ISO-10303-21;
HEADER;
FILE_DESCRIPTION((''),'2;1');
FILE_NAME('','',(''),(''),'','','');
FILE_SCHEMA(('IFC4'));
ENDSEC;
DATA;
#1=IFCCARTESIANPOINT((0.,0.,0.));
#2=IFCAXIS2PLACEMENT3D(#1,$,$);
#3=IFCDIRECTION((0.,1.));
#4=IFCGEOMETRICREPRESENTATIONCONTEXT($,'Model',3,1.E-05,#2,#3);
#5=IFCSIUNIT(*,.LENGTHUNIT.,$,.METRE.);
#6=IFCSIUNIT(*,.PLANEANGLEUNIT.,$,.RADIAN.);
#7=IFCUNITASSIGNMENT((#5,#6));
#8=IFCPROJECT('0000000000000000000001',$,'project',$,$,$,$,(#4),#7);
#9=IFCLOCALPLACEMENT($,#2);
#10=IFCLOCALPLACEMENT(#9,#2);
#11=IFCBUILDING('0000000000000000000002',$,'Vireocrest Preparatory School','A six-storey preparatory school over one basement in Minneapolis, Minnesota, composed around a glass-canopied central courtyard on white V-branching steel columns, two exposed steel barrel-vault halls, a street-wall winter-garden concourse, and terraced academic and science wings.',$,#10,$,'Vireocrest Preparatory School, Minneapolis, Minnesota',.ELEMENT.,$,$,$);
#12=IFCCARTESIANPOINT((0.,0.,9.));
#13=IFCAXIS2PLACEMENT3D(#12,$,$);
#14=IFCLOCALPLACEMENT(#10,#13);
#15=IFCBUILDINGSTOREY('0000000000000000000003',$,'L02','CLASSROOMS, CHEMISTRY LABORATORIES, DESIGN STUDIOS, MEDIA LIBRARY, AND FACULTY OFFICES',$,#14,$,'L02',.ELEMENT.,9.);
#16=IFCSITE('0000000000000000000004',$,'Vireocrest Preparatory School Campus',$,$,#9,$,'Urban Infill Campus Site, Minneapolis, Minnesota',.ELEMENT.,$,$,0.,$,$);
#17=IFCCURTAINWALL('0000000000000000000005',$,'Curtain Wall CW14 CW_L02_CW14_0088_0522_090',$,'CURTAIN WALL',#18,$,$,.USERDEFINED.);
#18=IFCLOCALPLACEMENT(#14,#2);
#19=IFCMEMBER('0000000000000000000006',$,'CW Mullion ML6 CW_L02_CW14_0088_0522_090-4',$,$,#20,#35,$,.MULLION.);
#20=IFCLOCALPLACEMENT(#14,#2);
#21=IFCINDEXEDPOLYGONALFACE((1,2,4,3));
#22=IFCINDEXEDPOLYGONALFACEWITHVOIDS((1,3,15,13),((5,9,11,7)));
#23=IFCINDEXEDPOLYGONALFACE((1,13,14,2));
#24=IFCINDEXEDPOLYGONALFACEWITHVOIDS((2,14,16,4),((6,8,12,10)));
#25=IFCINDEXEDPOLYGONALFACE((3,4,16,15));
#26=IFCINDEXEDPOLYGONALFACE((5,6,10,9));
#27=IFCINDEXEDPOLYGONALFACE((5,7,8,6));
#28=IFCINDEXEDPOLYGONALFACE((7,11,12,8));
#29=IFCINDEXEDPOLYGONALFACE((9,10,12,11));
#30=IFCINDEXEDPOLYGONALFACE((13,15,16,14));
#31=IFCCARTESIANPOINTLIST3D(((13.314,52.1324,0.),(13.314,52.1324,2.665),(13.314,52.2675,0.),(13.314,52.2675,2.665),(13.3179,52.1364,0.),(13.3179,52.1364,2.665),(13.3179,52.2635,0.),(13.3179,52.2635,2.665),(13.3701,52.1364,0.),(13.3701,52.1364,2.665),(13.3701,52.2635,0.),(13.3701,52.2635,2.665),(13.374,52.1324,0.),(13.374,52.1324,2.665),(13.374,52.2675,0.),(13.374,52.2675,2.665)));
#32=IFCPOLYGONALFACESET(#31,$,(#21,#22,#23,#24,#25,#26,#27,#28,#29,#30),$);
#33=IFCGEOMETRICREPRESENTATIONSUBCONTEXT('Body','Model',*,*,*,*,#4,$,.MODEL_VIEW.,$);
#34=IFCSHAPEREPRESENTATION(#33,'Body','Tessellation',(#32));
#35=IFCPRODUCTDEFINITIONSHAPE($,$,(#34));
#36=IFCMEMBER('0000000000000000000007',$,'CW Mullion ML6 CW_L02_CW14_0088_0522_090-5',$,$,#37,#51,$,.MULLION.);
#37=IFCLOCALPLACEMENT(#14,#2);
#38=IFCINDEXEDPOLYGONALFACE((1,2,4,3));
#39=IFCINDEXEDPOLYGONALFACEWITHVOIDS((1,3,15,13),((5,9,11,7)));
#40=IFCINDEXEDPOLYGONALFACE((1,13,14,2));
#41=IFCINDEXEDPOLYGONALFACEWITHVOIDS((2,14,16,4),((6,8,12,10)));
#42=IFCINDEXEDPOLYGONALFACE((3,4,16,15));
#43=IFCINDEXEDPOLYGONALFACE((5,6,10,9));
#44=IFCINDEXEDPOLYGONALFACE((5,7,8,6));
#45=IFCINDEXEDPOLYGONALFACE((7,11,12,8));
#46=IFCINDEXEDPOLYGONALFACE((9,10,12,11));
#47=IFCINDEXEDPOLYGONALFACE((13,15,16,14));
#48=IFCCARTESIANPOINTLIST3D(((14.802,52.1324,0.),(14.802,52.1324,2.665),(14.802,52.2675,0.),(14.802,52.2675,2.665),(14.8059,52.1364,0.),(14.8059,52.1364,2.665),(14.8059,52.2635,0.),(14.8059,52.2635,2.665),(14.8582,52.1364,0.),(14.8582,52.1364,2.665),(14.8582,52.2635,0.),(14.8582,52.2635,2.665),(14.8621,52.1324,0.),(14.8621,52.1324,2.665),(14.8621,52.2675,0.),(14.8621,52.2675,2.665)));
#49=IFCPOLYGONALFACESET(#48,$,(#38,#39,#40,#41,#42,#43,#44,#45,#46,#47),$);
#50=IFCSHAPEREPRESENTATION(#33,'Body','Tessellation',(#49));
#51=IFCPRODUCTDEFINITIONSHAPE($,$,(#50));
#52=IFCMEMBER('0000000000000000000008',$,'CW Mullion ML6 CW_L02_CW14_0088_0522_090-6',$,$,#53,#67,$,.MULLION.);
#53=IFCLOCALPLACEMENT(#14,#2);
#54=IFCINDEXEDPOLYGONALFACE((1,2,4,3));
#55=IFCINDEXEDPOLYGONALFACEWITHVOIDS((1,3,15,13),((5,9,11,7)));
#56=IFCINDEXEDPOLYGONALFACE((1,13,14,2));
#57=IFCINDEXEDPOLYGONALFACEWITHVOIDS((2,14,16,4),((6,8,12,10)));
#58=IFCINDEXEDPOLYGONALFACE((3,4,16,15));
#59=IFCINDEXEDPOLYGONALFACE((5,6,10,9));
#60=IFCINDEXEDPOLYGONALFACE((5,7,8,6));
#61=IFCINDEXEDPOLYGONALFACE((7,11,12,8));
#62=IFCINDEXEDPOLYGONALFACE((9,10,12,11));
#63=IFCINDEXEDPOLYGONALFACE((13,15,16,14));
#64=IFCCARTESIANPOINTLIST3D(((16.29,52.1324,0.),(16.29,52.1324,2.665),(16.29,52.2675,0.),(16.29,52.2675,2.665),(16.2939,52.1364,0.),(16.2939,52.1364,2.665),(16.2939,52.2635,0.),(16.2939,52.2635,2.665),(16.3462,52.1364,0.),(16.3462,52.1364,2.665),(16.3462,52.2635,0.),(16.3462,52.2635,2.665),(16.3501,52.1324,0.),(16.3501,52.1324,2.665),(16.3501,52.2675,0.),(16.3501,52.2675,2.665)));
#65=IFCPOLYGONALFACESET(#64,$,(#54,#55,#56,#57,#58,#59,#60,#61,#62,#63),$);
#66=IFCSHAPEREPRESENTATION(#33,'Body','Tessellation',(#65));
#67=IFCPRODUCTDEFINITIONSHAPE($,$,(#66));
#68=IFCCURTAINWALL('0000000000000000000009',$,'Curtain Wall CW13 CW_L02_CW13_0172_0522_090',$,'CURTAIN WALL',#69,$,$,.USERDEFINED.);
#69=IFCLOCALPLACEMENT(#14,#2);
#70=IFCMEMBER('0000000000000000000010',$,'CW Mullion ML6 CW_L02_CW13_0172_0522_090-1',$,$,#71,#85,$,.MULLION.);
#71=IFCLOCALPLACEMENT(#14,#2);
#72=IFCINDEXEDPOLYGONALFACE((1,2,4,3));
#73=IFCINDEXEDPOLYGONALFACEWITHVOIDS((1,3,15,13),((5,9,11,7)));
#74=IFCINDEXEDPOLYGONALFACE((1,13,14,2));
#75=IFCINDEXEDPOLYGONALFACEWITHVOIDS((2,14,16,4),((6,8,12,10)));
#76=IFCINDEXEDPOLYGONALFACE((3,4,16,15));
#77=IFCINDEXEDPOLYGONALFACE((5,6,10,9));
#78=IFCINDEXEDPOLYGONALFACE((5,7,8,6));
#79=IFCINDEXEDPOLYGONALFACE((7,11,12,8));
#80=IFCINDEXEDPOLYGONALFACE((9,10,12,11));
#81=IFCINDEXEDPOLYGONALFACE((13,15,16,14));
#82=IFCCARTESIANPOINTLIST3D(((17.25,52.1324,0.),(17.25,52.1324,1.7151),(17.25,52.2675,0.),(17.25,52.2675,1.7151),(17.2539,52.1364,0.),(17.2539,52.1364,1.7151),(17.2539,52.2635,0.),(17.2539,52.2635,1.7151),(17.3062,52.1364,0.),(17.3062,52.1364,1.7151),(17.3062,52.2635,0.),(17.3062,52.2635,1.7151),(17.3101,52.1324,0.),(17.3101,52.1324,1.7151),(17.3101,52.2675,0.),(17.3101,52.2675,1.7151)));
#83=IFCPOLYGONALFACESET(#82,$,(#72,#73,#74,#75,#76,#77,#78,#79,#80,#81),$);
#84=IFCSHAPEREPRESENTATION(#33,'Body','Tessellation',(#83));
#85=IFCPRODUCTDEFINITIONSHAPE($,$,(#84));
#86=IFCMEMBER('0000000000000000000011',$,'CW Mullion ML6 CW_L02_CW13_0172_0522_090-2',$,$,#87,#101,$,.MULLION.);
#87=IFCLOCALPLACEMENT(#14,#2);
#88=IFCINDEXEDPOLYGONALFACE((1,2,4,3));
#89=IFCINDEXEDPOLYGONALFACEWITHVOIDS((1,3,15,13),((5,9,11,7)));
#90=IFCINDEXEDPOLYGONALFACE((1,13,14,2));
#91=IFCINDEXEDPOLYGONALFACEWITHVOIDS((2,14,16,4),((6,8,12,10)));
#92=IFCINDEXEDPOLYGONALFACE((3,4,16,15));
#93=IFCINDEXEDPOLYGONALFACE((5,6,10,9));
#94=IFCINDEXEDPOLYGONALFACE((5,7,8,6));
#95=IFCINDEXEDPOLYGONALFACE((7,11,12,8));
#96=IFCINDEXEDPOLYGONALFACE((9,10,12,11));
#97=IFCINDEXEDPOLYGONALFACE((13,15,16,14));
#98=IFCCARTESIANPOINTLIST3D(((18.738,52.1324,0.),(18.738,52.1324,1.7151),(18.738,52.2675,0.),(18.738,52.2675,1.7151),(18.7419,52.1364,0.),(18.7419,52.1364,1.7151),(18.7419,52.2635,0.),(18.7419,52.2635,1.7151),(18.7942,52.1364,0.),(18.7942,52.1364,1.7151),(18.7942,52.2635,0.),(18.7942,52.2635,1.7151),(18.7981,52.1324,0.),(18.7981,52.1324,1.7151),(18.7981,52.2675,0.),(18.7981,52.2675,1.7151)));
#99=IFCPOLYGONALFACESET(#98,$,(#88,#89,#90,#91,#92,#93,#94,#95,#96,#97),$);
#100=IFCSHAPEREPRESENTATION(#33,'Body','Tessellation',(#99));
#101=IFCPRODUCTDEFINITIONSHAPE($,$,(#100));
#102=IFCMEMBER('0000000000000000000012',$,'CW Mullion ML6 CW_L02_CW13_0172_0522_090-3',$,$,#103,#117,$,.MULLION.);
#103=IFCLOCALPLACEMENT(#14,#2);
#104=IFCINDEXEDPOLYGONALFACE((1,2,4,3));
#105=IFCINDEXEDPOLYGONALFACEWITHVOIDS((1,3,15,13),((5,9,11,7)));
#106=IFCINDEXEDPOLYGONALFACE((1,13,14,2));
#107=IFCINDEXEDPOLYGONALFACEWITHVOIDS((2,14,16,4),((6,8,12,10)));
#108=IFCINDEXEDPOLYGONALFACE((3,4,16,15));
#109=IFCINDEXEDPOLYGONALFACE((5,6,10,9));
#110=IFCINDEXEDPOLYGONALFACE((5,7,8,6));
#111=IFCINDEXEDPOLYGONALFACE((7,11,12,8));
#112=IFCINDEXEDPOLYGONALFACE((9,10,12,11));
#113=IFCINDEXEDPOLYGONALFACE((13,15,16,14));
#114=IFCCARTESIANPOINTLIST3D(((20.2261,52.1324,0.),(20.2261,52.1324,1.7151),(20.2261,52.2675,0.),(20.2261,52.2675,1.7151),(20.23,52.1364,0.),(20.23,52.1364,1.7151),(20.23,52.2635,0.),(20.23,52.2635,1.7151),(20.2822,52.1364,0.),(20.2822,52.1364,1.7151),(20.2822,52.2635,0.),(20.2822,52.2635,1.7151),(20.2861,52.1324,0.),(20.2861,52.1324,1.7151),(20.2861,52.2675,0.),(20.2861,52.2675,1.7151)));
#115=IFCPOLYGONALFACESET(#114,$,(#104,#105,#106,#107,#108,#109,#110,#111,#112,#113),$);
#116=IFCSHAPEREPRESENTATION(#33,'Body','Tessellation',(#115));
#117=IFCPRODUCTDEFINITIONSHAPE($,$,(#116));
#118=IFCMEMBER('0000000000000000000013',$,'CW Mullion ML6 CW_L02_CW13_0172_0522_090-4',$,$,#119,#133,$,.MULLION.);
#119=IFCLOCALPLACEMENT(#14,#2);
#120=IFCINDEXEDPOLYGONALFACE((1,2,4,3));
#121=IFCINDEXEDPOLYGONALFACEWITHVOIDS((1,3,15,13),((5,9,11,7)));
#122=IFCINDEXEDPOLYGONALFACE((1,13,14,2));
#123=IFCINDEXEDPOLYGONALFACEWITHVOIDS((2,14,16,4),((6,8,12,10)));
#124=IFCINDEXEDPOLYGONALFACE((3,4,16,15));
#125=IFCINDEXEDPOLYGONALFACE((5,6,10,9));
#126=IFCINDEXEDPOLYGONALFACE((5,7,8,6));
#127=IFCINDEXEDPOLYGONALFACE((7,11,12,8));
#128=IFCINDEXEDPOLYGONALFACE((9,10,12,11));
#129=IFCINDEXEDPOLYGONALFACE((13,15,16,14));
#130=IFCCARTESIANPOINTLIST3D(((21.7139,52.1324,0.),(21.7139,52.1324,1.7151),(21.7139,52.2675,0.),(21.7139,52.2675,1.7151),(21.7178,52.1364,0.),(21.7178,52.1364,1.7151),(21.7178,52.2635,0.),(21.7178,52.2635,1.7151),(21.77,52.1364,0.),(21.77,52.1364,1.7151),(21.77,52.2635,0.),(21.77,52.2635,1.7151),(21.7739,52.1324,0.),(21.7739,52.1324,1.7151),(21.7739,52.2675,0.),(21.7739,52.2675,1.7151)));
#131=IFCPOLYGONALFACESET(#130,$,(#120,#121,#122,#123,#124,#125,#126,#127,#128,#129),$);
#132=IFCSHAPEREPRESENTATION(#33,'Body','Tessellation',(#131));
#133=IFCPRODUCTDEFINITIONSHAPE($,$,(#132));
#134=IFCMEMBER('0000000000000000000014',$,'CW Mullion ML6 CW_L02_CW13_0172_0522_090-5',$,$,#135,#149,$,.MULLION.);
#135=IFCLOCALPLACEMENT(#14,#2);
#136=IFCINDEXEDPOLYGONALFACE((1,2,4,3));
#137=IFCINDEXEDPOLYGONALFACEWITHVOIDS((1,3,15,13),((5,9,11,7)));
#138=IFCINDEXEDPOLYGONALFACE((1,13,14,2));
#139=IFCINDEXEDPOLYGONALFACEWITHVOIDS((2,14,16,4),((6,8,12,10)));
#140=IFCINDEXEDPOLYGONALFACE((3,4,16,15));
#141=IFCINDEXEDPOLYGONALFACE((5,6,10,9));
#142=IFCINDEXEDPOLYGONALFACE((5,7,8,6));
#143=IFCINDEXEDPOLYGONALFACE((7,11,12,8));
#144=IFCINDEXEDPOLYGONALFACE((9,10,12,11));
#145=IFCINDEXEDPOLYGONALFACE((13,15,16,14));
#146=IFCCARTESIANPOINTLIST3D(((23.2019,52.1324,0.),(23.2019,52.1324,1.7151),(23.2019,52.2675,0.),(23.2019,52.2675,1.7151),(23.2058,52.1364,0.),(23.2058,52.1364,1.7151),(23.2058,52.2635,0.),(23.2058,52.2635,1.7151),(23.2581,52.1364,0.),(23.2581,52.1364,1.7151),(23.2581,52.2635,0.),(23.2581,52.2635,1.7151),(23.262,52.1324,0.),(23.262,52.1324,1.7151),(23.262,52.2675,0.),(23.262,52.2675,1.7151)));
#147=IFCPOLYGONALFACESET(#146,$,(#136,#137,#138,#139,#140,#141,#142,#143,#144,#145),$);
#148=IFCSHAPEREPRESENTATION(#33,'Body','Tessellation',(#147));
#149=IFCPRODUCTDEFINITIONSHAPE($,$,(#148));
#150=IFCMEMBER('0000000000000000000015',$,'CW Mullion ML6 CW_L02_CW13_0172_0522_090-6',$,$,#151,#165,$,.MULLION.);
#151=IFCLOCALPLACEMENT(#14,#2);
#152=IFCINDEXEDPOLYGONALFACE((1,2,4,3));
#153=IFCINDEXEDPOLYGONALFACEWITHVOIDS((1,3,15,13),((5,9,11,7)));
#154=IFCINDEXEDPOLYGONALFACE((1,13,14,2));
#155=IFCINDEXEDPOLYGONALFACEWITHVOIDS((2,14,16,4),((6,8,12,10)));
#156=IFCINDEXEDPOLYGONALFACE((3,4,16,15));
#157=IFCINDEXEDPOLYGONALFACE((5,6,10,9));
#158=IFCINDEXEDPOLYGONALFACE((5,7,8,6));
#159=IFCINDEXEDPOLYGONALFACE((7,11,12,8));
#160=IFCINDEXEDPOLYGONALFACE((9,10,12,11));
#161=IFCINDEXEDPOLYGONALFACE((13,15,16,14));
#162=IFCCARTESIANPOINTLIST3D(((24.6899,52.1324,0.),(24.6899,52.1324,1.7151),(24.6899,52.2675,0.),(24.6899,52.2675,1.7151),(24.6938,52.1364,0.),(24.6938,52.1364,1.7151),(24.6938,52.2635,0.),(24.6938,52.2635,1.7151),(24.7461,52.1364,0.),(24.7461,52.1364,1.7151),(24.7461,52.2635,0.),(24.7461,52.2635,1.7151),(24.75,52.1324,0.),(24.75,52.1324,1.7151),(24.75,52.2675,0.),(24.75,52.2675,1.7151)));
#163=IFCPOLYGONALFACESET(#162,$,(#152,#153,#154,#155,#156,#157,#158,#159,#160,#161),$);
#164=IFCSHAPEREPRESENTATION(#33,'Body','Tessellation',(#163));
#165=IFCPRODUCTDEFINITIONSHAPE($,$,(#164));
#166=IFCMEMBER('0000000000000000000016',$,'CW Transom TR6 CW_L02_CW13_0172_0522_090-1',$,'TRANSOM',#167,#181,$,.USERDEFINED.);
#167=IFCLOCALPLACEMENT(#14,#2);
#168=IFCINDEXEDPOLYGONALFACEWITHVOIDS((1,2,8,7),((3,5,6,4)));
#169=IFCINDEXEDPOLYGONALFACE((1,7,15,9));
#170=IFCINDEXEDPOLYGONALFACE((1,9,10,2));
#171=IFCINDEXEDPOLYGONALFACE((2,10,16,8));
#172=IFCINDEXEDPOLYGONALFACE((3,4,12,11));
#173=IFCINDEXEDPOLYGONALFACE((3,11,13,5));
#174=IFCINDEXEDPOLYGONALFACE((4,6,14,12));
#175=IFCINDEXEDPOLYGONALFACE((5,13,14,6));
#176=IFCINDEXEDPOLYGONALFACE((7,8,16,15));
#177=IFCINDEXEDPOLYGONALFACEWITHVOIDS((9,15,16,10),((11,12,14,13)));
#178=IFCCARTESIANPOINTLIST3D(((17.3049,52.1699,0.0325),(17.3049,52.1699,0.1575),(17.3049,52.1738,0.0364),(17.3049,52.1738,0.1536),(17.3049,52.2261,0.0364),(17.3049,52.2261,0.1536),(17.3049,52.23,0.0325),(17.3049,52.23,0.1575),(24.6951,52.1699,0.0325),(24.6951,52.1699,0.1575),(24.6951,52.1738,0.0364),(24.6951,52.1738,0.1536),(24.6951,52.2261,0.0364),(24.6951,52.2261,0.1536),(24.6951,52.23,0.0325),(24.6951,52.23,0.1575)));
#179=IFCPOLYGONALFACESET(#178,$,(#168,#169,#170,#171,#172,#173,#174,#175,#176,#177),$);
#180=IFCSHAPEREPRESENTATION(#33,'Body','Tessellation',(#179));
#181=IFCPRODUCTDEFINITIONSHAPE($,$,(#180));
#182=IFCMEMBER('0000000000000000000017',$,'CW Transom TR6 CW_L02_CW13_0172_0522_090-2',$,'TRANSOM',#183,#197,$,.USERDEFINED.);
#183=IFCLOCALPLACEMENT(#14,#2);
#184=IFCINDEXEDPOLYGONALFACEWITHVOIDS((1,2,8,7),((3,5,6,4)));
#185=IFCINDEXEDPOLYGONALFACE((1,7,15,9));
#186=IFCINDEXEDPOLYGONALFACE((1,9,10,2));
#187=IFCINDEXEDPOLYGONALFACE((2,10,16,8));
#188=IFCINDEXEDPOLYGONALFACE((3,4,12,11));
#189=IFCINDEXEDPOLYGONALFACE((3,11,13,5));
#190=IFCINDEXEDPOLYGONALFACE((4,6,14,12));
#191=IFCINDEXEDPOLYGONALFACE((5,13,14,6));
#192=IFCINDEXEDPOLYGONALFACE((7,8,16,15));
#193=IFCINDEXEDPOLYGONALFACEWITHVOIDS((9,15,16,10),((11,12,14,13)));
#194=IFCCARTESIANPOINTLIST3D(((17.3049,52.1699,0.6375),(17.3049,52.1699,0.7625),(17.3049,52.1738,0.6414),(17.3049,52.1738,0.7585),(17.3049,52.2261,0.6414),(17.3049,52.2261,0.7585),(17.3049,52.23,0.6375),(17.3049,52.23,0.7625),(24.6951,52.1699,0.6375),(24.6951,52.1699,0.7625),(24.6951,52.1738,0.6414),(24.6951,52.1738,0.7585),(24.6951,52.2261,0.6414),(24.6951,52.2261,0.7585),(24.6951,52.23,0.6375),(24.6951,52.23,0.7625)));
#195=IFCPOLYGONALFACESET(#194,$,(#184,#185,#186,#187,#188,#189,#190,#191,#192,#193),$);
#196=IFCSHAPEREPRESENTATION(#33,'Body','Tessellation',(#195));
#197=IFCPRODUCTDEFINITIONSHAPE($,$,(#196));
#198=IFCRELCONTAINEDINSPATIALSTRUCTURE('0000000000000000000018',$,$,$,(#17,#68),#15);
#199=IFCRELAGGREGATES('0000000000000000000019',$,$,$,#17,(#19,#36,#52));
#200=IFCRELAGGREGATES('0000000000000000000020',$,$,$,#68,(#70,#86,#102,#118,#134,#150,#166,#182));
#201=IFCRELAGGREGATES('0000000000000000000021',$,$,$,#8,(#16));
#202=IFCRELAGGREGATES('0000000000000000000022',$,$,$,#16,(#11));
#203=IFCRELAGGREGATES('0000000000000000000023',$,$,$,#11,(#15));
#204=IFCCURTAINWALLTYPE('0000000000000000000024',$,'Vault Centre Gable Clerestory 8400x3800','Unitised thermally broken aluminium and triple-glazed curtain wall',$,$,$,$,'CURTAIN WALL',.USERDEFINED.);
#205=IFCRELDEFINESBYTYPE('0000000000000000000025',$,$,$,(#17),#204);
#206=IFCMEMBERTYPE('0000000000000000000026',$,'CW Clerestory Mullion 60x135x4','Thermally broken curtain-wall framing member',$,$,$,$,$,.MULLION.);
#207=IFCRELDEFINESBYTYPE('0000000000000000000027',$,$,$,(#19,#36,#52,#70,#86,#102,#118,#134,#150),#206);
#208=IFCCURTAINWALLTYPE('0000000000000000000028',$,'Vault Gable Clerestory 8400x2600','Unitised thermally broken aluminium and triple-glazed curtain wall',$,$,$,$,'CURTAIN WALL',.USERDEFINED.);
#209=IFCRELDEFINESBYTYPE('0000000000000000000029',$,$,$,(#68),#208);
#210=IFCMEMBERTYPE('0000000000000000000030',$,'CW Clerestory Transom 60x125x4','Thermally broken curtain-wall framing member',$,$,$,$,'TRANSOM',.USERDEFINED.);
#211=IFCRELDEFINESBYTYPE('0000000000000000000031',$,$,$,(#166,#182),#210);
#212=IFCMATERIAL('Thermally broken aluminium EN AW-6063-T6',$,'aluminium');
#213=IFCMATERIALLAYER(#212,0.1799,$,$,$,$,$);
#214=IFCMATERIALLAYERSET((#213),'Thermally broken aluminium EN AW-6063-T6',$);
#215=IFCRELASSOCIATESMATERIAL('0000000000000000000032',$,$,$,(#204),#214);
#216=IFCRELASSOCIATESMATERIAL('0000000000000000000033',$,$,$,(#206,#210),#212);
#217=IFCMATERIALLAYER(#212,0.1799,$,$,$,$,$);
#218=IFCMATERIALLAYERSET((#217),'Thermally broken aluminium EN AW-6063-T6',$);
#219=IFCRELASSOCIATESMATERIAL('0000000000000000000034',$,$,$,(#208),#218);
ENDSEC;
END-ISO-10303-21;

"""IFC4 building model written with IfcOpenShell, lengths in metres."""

from ifc_helpers import new_model, si_unit, direction, frame, origin, origin_2d, place, context, subcontext, project, spatial, hollow_rectangle, extrude, material, layer, layer_set, material_profile, profile_set, type_object, element, aggregate, save


model = new_model("IFC4")

# Units and contexts
model_context = context("Model", 3, precision=1e-05, world=origin(), true_north=direction((0.0, 1.0)))
body_context = subcontext(model_context, "Body", "Model", "MODEL_VIEW")
ifc_project = project(units=[si_unit("LENGTHUNIT", "METRE"), si_unit("PLANEANGLEUNIT", "RADIAN")], contexts=[model_context])

# Site, building, storey
site_placement = place(None, origin())
site = spatial("IfcSite", under=ifc_project, at=site_placement, Name="Vireocrest Preparatory School Campus", LongName="Urban Infill Campus Site, Minneapolis, Minnesota", CompositionType="ELEMENT", RefElevation=0.0)
building_placement = place(site_placement, origin())
building = spatial("IfcBuilding", under=site, at=building_placement, Name="Vireocrest Preparatory School", Description="A six-storey preparatory school over one basement in Minneapolis, Minnesota, composed around a glass-canopied central courtyard on white V-branching steel columns, two exposed steel barrel-vault halls, a street-wall winter-garden concourse, and terraced academic and science wings.", LongName="Vireocrest Preparatory School, Minneapolis, Minnesota", CompositionType="ELEMENT")
storey_placement = place(building_placement, frame((0.0, 0.0, 9.0)))
storey = spatial("IfcBuildingStorey", under=building, at=storey_placement, Name="L02", Description="CLASSROOMS, CHEMISTRY LABORATORIES, DESIGN STUDIOS, MEDIA LIBRARY, AND FACULTY OFFICES", LongName="L02", CompositionType="ELEMENT", Elevation=9.0)

# Curtain walls, members
ifc_material_1 = material(Name="Thermally broken aluminium EN AW-6063-T6", Category="aluminium")
ifc_layer_1 = layer(ifc_material_1, 0.1799)
ifc_layer_set_1 = layer_set([ifc_layer_1], Name="Thermally broken aluminium EN AW-6063-T6")
curtain_wall_type_1 = type_object("IfcCurtainWallType", Name="Vault Centre Gable Clerestory 8400x3800", Description="Unitised thermally broken aluminium and triple-glazed curtain wall", ElementType="CURTAIN WALL", PredefinedType="USERDEFINED", material=ifc_layer_set_1)
curtain_wall_1_placement = place(storey_placement, origin())
curtain_wall_1 = element("IfcCurtainWall", 1, at=curtain_wall_1_placement, inside=storey, type_object=curtain_wall_type_1, Name="Curtain Wall CW14 CW_L02_CW14_0088_0522_090", ObjectType="CURTAIN WALL", PredefinedType="USERDEFINED")
ifc_material_profile_1 = material_profile(ifc_material_1, hollow_rectangle(XDim=0.0601, YDim=0.135, WallThickness=0.0039, at=origin_2d()), Name="ALU 60x135x4")
ifc_profile_set_1 = profile_set([ifc_material_profile_1], Name="Thermally broken aluminium EN AW-6063-T6")
member_type_1 = type_object("IfcMemberType", Name="CW Clerestory Mullion 60x135x4", Description="Thermally broken curtain-wall framing member", PredefinedType="MULLION", material=ifc_profile_set_1)
member_1_placement = place(storey_placement, frame((13.344, 52.2, 0.0), z_axis=(0.0, 0.0, 1.0), x_axis=(1.0, 0.0, 0.0)))
member_1 = element("IfcMember", 2, at=member_1_placement, type_object=member_type_1, Name="CW Mullion ML6 CW_L02_CW14_0088_0522_090-4", PredefinedType="MULLION", context=body_context, shape_type="SweptSolid", body=[
    extrude(hollow_rectangle(XDim=0.0601, YDim=0.135, WallThickness=0.0039, at=origin_2d()), origin(), (0.0, 0.0, 1.0), 2.665),
])
member_2_placement = place(storey_placement, frame((14.832, 52.2, 0.0), z_axis=(0.0, 0.0, 1.0), x_axis=(1.0, 0.0, 0.0)))
member_2 = element("IfcMember", 3, at=member_2_placement, type_object=member_type_1, Name="CW Mullion ML6 CW_L02_CW14_0088_0522_090-5", PredefinedType="MULLION", context=body_context, shape_type="SweptSolid", body=[
    extrude(hollow_rectangle(XDim=0.0601, YDim=0.135, WallThickness=0.0039, at=origin_2d()), origin(), (0.0, 0.0, 1.0), 2.665),
])
member_3_placement = place(storey_placement, frame((16.3201, 52.2, 0.0), z_axis=(0.0, 0.0, 1.0), x_axis=(1.0, 0.0, 0.0)))
member_3 = element("IfcMember", 4, at=member_3_placement, type_object=member_type_1, Name="CW Mullion ML6 CW_L02_CW14_0088_0522_090-6", PredefinedType="MULLION", context=body_context, shape_type="SweptSolid", body=[
    extrude(hollow_rectangle(XDim=0.0601, YDim=0.135, WallThickness=0.0039, at=origin_2d()), origin(), (0.0, 0.0, 1.0), 2.665),
])
ifc_layer_2 = layer(ifc_material_1, 0.1799)
ifc_layer_set_2 = layer_set([ifc_layer_2], Name="Thermally broken aluminium EN AW-6063-T6")
curtain_wall_type_2 = type_object("IfcCurtainWallType", Name="Vault Gable Clerestory 8400x2600", Description="Unitised thermally broken aluminium and triple-glazed curtain wall", ElementType="CURTAIN WALL", PredefinedType="USERDEFINED", material=ifc_layer_set_2)
curtain_wall_2_placement = place(storey_placement, origin())
curtain_wall_2 = element("IfcCurtainWall", 5, at=curtain_wall_2_placement, inside=storey, type_object=curtain_wall_type_2, Name="Curtain Wall CW13 CW_L02_CW13_0172_0522_090", ObjectType="CURTAIN WALL", PredefinedType="USERDEFINED")
member_4_placement = place(storey_placement, frame((17.28, 52.2, 0.0), z_axis=(0.0, 0.0, 1.0), x_axis=(1.0, 0.0, 0.0)))
member_4 = element("IfcMember", 6, at=member_4_placement, type_object=member_type_1, Name="CW Mullion ML6 CW_L02_CW13_0172_0522_090-1", PredefinedType="MULLION", context=body_context, shape_type="SweptSolid", body=[
    extrude(hollow_rectangle(XDim=0.0601, YDim=0.135, WallThickness=0.0039, at=origin_2d()), origin(), (0.0, 0.0, 1.0), 1.7151),
])
member_5_placement = place(storey_placement, frame((18.7681, 52.2, 0.0), z_axis=(0.0, 0.0, 1.0), x_axis=(1.0, 0.0, 0.0)))
member_5 = element("IfcMember", 7, at=member_5_placement, type_object=member_type_1, Name="CW Mullion ML6 CW_L02_CW13_0172_0522_090-2", PredefinedType="MULLION", context=body_context, shape_type="SweptSolid", body=[
    extrude(hollow_rectangle(XDim=0.0601, YDim=0.135, WallThickness=0.0039, at=origin_2d()), origin(), (0.0, 0.0, 1.0), 1.7151),
])
member_6_placement = place(storey_placement, frame((20.2561, 52.2, 0.0), z_axis=(0.0, 0.0, 1.0), x_axis=(1.0, 0.0, 0.0)))
member_6 = element("IfcMember", 8, at=member_6_placement, type_object=member_type_1, Name="CW Mullion ML6 CW_L02_CW13_0172_0522_090-3", PredefinedType="MULLION", context=body_context, shape_type="SweptSolid", body=[
    extrude(hollow_rectangle(XDim=0.0601, YDim=0.135, WallThickness=0.0039, at=origin_2d()), origin(), (0.0, 0.0, 1.0), 1.7151),
])
member_7_placement = place(storey_placement, frame((21.7439, 52.2, 0.0), z_axis=(0.0, 0.0, 1.0), x_axis=(1.0, 0.0, 0.0)))
member_7 = element("IfcMember", 9, at=member_7_placement, type_object=member_type_1, Name="CW Mullion ML6 CW_L02_CW13_0172_0522_090-4", PredefinedType="MULLION", context=body_context, shape_type="SweptSolid", body=[
    extrude(hollow_rectangle(XDim=0.0601, YDim=0.135, WallThickness=0.0039, at=origin_2d()), origin(), (0.0, 0.0, 1.0), 1.7151),
])
member_8_placement = place(storey_placement, frame((23.2319, 52.2, 0.0), z_axis=(0.0, 0.0, 1.0), x_axis=(1.0, 0.0, 0.0)))
member_8 = element("IfcMember", 10, at=member_8_placement, type_object=member_type_1, Name="CW Mullion ML6 CW_L02_CW13_0172_0522_090-5", PredefinedType="MULLION", context=body_context, shape_type="SweptSolid", body=[
    extrude(hollow_rectangle(XDim=0.0601, YDim=0.135, WallThickness=0.0039, at=origin_2d()), origin(), (0.0, 0.0, 1.0), 1.7151),
])
member_9_placement = place(storey_placement, frame((24.72, 52.2, 0.0), z_axis=(0.0, 0.0, 1.0), x_axis=(1.0, 0.0, 0.0)))
member_9 = element("IfcMember", 11, at=member_9_placement, type_object=member_type_1, Name="CW Mullion ML6 CW_L02_CW13_0172_0522_090-6", PredefinedType="MULLION", context=body_context, shape_type="SweptSolid", body=[
    extrude(hollow_rectangle(XDim=0.0601, YDim=0.135, WallThickness=0.0039, at=origin_2d()), origin(), (0.0, 0.0, 1.0), 1.7151),
])
ifc_material_profile_2 = material_profile(ifc_material_1, hollow_rectangle(XDim=0.0601, YDim=0.125, WallThickness=0.0039, at=origin_2d()), Name="ALU 60x125x4")
ifc_profile_set_2 = profile_set([ifc_material_profile_2], Name="Thermally broken aluminium EN AW-6063-T6")
member_type_2 = type_object("IfcMemberType", Name="CW Clerestory Transom 60x125x4", Description="Thermally broken curtain-wall framing member", ElementType="TRANSOM", PredefinedType="USERDEFINED", material=ifc_profile_set_2)
member_10_placement = place(storey_placement, frame((17.3049, 52.2, 0.095), z_axis=(1.0, 0.0, 0.0), x_axis=(0.0, 1.0, 0.0)))
member_10 = element("IfcMember", 12, at=member_10_placement, type_object=member_type_2, Name="CW Transom TR6 CW_L02_CW13_0172_0522_090-1", ObjectType="TRANSOM", PredefinedType="USERDEFINED", context=body_context, shape_type="SweptSolid", body=[
    extrude(hollow_rectangle(XDim=0.0601, YDim=0.125, WallThickness=0.0039, at=origin_2d()), origin(), (0.0, 0.0, 1.0), 7.3901),
])
member_11_placement = place(storey_placement, frame((17.3049, 52.2, 0.7), z_axis=(1.0, 0.0, 0.0), x_axis=(0.0, 1.0, 0.0)))
member_11 = element("IfcMember", 13, at=member_11_placement, type_object=member_type_2, Name="CW Transom TR6 CW_L02_CW13_0172_0522_090-2", ObjectType="TRANSOM", PredefinedType="USERDEFINED", context=body_context, shape_type="SweptSolid", body=[
    extrude(hollow_rectangle(XDim=0.0601, YDim=0.125, WallThickness=0.0039, at=origin_2d()), origin(), (0.0, 0.0, 1.0), 7.3901),
])

aggregate(curtain_wall_1, [member_1, member_2, member_3])
aggregate(curtain_wall_2, [member_4, member_5, member_6, member_7, member_8, member_9, member_10, member_11])

save(model, "model.ifc")
